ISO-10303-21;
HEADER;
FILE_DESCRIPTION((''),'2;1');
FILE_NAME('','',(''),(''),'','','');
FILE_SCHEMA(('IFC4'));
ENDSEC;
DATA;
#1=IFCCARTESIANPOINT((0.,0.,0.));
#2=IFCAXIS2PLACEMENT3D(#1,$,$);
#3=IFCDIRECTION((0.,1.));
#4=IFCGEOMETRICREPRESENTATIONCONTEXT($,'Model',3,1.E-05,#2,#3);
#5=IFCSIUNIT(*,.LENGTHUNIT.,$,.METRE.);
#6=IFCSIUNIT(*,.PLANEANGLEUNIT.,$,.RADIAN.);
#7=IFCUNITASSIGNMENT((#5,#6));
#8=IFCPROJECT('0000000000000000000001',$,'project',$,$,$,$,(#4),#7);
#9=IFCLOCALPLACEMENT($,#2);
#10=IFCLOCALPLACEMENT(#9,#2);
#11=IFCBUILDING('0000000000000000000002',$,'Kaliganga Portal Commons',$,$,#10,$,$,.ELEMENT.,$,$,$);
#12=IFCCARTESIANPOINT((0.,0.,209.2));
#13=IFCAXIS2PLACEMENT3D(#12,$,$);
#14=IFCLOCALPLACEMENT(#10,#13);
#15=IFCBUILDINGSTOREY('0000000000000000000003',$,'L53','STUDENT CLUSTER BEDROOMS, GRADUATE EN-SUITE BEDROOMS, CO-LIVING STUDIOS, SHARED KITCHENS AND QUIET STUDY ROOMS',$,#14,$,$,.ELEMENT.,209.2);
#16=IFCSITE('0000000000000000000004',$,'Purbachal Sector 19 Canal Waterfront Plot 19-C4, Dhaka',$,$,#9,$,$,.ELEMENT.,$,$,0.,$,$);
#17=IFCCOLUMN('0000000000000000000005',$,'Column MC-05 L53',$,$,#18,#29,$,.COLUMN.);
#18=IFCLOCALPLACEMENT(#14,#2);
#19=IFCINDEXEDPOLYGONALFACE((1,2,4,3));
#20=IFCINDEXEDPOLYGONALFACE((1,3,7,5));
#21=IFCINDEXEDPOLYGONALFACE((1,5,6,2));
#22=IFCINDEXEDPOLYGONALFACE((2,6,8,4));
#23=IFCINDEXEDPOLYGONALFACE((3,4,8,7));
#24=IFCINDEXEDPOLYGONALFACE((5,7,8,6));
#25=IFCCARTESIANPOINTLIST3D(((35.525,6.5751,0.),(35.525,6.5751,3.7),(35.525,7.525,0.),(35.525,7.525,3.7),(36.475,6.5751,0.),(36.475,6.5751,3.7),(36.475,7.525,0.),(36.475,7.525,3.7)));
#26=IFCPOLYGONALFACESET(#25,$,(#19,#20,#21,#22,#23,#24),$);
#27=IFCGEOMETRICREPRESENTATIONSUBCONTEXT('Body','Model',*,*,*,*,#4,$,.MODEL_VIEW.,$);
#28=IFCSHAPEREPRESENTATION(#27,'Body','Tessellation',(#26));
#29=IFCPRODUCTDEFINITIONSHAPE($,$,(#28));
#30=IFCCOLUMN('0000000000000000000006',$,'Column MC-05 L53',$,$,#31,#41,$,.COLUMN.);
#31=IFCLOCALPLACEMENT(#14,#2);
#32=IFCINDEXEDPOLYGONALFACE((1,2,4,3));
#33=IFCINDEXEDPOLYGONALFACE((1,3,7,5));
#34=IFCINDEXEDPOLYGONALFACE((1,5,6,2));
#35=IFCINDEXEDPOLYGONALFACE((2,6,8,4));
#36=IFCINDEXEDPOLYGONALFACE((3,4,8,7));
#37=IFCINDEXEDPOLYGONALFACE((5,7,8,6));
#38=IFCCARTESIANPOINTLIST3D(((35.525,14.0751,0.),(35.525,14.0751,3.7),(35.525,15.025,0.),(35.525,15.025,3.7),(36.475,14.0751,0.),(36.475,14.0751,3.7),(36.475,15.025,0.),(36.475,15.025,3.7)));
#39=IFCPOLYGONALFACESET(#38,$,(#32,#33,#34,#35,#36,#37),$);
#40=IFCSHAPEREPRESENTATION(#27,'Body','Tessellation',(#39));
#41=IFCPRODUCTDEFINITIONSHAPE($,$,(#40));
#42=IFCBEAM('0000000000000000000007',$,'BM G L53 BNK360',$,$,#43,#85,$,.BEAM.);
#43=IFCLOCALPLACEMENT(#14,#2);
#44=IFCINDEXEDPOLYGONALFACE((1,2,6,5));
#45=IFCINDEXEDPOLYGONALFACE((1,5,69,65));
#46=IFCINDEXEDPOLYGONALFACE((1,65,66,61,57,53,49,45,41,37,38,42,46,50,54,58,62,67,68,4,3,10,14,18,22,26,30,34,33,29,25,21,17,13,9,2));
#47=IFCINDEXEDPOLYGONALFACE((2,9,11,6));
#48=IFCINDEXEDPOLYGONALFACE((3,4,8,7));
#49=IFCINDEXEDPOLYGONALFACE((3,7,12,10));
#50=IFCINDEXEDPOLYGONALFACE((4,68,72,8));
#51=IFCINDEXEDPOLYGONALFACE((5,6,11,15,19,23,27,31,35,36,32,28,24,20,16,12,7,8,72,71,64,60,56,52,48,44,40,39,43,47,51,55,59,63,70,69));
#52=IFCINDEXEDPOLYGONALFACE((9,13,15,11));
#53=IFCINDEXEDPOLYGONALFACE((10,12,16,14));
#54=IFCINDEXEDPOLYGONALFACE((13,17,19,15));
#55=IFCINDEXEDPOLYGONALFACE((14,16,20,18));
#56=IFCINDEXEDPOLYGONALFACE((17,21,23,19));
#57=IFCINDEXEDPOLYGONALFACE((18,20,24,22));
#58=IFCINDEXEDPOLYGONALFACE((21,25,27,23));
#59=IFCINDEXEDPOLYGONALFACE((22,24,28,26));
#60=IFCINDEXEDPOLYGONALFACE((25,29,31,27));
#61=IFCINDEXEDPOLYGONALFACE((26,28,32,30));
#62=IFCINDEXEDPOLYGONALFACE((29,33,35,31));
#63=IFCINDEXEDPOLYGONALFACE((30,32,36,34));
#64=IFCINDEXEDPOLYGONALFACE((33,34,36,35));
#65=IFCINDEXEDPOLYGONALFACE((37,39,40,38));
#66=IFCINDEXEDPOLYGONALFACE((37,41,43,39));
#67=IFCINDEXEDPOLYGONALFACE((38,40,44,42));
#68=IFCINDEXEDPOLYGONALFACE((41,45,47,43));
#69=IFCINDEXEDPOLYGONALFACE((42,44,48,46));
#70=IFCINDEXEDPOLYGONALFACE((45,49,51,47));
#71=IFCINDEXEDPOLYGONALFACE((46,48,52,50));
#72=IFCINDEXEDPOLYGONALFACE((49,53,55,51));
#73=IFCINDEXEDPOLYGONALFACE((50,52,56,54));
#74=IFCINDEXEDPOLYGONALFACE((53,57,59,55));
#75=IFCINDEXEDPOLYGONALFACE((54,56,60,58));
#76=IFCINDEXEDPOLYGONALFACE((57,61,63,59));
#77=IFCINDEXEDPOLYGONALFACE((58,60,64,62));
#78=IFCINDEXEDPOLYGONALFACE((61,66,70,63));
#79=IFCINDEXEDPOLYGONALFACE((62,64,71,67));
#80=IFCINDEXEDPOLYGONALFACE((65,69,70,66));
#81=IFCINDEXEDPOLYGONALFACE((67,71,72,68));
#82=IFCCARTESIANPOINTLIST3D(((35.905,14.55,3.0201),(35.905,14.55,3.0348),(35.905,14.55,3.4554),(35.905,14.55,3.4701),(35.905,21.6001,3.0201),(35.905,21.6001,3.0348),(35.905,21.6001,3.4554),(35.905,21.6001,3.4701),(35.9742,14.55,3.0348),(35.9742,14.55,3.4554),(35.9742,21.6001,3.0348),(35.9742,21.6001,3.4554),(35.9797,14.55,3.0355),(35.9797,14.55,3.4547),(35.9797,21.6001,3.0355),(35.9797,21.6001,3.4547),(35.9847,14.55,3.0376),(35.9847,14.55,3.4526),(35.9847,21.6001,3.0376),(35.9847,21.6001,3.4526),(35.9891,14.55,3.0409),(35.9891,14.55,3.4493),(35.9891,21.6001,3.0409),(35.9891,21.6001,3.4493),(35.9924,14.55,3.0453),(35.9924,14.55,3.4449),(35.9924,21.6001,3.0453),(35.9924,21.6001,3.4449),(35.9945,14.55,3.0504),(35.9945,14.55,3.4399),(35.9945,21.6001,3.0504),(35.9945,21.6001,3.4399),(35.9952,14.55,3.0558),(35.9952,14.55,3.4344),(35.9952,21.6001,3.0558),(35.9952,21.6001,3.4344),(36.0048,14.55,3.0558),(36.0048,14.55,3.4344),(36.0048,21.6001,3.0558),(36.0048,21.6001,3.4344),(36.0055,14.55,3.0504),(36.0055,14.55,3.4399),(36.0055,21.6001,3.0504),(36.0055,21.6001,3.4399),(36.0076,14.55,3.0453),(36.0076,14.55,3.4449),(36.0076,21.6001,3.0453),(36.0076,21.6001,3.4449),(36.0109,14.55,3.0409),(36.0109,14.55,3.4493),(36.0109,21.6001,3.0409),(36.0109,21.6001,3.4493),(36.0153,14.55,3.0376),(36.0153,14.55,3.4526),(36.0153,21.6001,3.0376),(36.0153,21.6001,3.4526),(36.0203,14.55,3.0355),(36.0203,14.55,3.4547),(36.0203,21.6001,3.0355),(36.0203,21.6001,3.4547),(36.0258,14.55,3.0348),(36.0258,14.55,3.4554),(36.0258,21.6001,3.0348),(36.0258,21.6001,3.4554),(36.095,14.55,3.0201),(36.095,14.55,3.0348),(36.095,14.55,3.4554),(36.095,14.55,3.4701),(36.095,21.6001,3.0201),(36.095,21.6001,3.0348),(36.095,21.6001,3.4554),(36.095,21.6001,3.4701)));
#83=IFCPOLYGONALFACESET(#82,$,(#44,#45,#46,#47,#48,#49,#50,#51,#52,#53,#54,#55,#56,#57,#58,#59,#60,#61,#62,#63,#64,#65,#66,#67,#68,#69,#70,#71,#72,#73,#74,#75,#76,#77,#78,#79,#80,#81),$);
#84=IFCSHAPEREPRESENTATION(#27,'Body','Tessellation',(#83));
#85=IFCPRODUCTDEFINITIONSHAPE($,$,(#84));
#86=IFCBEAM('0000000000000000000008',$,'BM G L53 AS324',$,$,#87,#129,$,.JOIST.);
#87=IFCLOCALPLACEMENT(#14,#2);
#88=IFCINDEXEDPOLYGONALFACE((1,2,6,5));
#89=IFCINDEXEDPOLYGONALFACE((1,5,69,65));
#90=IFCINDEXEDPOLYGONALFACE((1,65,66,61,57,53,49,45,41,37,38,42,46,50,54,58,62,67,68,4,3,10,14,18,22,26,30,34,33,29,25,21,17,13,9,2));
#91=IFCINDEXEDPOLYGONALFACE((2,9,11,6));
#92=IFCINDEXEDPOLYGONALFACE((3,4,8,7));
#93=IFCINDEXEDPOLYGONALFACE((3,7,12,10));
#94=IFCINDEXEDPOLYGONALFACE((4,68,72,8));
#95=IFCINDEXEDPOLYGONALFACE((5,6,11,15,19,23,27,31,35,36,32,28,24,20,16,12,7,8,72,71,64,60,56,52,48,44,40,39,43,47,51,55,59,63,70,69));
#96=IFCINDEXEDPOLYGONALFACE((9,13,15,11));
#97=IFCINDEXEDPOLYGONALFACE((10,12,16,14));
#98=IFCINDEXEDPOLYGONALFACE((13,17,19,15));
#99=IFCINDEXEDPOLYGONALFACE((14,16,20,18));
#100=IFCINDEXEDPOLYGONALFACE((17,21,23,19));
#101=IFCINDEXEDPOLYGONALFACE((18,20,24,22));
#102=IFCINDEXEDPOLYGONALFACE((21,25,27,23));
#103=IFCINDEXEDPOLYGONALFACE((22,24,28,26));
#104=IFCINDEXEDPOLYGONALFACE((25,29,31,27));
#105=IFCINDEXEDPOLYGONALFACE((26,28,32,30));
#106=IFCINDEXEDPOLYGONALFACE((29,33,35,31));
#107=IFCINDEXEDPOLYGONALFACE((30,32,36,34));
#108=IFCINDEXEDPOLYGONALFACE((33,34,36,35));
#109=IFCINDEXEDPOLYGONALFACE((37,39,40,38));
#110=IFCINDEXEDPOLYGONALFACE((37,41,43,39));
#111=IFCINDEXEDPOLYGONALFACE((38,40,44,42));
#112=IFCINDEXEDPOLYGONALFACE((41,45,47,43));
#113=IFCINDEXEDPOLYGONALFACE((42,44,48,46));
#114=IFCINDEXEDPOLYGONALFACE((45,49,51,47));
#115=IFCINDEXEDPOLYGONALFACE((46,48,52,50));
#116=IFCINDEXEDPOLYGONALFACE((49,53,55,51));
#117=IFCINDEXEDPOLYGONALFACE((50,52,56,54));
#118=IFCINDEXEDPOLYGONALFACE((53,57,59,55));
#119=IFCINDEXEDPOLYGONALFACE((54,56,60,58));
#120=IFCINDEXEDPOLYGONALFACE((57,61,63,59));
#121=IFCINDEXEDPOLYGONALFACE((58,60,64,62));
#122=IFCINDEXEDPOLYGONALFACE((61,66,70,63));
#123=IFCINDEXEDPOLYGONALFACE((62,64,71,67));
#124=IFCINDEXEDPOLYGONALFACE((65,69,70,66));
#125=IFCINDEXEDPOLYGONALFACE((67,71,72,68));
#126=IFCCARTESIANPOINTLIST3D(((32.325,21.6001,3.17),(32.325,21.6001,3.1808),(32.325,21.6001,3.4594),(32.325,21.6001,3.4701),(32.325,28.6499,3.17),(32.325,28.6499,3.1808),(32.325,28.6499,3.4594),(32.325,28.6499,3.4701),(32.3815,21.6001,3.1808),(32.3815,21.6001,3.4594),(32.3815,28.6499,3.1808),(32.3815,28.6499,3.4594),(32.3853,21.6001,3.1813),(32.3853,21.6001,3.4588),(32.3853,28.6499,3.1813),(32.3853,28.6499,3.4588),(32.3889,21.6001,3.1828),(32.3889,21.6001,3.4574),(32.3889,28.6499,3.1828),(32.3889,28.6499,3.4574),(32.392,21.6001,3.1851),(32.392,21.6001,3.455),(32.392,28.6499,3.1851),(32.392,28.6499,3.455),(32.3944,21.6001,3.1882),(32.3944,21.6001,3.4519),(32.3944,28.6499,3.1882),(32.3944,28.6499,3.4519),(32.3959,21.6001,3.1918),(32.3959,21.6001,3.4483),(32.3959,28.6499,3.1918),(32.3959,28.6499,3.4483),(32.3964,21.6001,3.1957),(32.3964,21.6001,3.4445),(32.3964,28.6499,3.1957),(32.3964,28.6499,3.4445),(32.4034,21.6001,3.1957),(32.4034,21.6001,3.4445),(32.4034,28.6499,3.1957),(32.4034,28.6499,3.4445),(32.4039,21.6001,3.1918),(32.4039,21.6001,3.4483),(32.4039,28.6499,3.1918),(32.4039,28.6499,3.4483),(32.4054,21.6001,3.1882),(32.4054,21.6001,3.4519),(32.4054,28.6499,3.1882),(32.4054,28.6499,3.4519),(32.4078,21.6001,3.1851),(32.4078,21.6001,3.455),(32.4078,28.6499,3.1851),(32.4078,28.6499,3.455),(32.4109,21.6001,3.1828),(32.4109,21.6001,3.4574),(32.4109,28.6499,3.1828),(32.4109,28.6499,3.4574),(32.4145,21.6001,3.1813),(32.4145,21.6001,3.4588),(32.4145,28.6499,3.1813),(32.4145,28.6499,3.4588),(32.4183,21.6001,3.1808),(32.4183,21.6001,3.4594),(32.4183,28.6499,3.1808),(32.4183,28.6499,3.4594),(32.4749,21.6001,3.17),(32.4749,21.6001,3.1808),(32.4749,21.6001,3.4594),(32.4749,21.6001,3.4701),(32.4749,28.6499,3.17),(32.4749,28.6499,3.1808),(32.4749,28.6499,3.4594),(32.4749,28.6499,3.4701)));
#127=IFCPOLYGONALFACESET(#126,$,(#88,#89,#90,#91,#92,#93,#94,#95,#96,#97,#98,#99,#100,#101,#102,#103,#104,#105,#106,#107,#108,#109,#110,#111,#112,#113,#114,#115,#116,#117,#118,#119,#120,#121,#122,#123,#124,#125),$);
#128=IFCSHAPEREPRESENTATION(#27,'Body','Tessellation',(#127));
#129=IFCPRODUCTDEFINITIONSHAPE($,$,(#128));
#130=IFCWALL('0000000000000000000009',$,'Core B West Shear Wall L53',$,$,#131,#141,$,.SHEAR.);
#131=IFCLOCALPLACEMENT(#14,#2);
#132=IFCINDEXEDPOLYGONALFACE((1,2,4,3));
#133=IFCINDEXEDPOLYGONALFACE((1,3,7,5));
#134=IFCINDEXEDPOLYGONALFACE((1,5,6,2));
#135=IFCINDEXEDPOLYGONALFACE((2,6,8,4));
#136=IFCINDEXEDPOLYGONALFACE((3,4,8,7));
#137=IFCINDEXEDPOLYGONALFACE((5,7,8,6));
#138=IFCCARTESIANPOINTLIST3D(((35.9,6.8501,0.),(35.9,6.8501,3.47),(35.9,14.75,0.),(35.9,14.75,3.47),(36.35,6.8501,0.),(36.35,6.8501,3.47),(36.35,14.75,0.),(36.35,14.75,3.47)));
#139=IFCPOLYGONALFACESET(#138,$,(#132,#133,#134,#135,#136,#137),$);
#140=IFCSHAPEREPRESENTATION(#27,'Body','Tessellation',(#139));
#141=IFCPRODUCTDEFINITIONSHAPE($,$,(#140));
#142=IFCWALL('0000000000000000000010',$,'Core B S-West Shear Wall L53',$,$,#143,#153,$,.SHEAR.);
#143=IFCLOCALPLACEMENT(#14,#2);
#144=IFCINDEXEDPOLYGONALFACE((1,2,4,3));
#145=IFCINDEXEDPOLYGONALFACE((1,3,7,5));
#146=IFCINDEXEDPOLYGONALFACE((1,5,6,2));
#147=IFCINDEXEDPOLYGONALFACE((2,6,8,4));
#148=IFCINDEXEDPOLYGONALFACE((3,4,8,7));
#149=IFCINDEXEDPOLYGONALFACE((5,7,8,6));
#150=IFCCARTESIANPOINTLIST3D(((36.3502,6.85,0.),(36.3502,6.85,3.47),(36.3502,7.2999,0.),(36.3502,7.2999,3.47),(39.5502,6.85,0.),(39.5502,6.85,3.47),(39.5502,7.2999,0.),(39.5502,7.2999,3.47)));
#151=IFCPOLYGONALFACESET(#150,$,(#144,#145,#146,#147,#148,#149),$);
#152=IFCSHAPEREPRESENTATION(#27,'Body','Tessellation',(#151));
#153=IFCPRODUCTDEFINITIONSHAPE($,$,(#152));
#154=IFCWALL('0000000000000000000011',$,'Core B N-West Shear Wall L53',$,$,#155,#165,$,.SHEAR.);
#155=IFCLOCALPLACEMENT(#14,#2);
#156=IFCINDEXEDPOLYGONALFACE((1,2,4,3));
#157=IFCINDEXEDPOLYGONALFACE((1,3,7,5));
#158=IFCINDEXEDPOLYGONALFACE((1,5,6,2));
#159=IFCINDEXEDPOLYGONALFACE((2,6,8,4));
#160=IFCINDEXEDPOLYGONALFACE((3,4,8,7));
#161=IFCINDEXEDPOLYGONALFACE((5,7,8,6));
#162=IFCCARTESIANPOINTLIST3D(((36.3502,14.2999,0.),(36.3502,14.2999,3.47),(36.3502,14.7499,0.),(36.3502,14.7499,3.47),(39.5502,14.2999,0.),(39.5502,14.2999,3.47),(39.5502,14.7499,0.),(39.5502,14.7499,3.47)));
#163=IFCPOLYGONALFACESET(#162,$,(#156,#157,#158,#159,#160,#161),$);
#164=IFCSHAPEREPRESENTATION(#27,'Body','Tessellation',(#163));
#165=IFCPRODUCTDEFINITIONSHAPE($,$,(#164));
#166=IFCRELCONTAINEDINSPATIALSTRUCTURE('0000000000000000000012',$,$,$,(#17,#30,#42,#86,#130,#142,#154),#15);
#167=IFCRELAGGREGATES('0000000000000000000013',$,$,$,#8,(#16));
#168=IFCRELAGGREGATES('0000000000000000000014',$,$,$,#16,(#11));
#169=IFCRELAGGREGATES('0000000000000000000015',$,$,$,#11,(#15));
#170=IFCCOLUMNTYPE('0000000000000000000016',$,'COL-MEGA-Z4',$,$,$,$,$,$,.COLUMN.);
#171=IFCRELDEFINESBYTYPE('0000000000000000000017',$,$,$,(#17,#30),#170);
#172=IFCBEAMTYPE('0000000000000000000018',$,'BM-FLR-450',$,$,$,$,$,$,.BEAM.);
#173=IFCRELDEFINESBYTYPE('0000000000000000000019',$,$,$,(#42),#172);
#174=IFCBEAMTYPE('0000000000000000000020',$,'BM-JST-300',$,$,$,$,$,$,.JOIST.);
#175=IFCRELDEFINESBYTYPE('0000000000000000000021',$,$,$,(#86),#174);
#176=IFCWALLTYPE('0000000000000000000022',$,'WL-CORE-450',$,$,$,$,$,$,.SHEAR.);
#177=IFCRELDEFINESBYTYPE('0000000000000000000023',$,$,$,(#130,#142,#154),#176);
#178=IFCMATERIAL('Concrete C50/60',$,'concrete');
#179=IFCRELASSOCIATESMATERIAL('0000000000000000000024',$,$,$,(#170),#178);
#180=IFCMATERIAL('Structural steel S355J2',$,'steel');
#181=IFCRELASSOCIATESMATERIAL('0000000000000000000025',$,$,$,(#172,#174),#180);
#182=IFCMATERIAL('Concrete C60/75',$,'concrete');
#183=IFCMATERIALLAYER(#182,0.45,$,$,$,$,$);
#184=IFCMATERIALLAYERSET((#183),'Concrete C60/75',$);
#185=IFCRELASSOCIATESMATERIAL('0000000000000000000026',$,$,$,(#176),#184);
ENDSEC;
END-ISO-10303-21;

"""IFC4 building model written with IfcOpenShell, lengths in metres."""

from ifc_helpers import new_model, si_unit, direction, frame, frame_2d, origin, origin_2d, place, context, subcontext, project, spatial, rectangle, i_section, extrude, source, transform, mapped, material, layer, layer_set, material_profile, profile_set, type_object, element, save


model = new_model("IFC4")

# Units and contexts
model_context = context("Model", 3, precision=1e-05, world=origin(), true_north=direction((0.0, 1.0)))
body_context = subcontext(model_context, "Body", "Model", "MODEL_VIEW")
ifc_project = project(units=[si_unit("LENGTHUNIT", "METRE"), si_unit("PLANEANGLEUNIT", "RADIAN")], contexts=[model_context])

# Site, building, storey
site_placement = place(None, origin())
site = spatial("IfcSite", under=ifc_project, at=site_placement, Name="Purbachal Sector 19 Canal Waterfront Plot 19-C4, Dhaka", CompositionType="ELEMENT", RefElevation=0.0)
building_placement = place(site_placement, origin())
building = spatial("IfcBuilding", under=site, at=building_placement, Name="Kaliganga Portal Commons", CompositionType="ELEMENT")
storey_placement = place(building_placement, frame((0.0, 0.0, 209.2)))
storey = spatial("IfcBuildingStorey", under=building, at=storey_placement, Name="L53", Description="STUDENT CLUSTER BEDROOMS, GRADUATE EN-SUITE BEDROOMS, CO-LIVING STUDIOS, SHARED KITCHENS AND QUIET STUDY ROOMS", CompositionType="ELEMENT", Elevation=209.2)

# Columns
ifc_material_1 = material(Name="Concrete C50/60", Category="concrete")
ifc_material_profile_1 = material_profile(ifc_material_1, rectangle(XDim=0.95, YDim=0.95, at=origin_2d()), Name="RC 950x950")
ifc_profile_set_1 = profile_set([ifc_material_profile_1], Name="Concrete C50/60")
column_type = type_object("IfcColumnType", Name="COL-MEGA-Z4", PredefinedType="COLUMN", material=ifc_profile_set_1)
shared_shape_1 = source(origin(), body_context, "Body", "SweptSolid", [
    extrude(rectangle(XDim=0.95, YDim=0.95, at=origin_2d()), origin(), (0.0, 0.0, 1.0), 3.7),
])
for number, where, z_axis, x_axis, name in (
    (1, (36.0, 7.05, 0.0), (0.0, 0.0, 1.0), (1.0, 0.0, 0.0), "Column MC-05 L53"),
    (2, (36.0, 14.55, 0.0), (0.0, 0.0, 1.0), (1.0, 0.0, 0.0), "Column MC-05 L53"),
):
    element("IfcColumn", number, at=place(storey_placement, frame(where, z_axis=z_axis, x_axis=x_axis)), inside=storey, type_object=column_type, Name=name, PredefinedType="COLUMN", context=body_context, shape_type="MappedRepresentation", body=[
        mapped(shared_shape_1, transform((0.0, 0.0, 0.0), x_axis=(1.0, 0.0, 0.0), y_axis=(0.0, 1.0, 0.0), z_axis=(0.0, 0.0, 1.0), scale=1.0)),
    ])

# Beams
ifc_material_2 = material(Name="Structural steel S355J2", Category="steel")
ifc_material_profile_2 = material_profile(ifc_material_2, i_section(OverallWidth=0.1899, OverallDepth=0.45, WebThickness=0.0095, FlangeThickness=0.0146, FilletRadius=0.021, at=origin_2d()), Name="IPE 450")
ifc_profile_set_2 = profile_set([ifc_material_profile_2], Name="Structural steel S355J2 wide-flange")
beam_type_1 = type_object("IfcBeamType", Name="BM-FLR-450", PredefinedType="BEAM", material=ifc_profile_set_2)
shared_shape_2 = source(origin(), body_context, "Body", "SweptSolid", [
    extrude(i_section(OverallWidth=0.1899, OverallDepth=0.45, WebThickness=0.0095, FlangeThickness=0.0146, FilletRadius=0.021, at=origin_2d()), origin(), (0.0, 0.0, 1.0), 7.05),
])
beam_1_placement = place(storey_placement, frame((36.0, 14.55, 3.2451), z_axis=(0.0, 1.0, 0.0), x_axis=(-1.0, 0.0, 0.0)))
element("IfcBeam", 3, at=beam_1_placement, inside=storey, type_object=beam_type_1, Name="BM G L53 BNK360", PredefinedType="BEAM", context=body_context, shape_type="MappedRepresentation", body=[
    mapped(shared_shape_2, transform((0.0, 0.0, 0.0), x_axis=(1.0, 0.0, 0.0), y_axis=(0.0, 1.0, 0.0), z_axis=(0.0, 0.0, 1.0), scale=1.0)),
])
ifc_material_profile_3 = material_profile(ifc_material_2, i_section(OverallWidth=0.1499, OverallDepth=0.3, WebThickness=0.0071, FlangeThickness=0.0107, FilletRadius=0.0149, at=origin_2d()), Name="IPE 300")
ifc_profile_set_3 = profile_set([ifc_material_profile_3], Name="Structural steel S355J2 wide-flange")
beam_type_2 = type_object("IfcBeamType", Name="BM-JST-300", PredefinedType="JOIST", material=ifc_profile_set_3)
shared_shape_3 = source(origin(), body_context, "Body", "SweptSolid", [
    extrude(i_section(OverallWidth=0.1499, OverallDepth=0.3, WebThickness=0.0071, FlangeThickness=0.0107, FilletRadius=0.0149, at=origin_2d()), origin(), (0.0, 0.0, 1.0), 7.0498),
])
beam_2_placement = place(storey_placement, frame((32.3999, 21.6001, 3.3201), z_axis=(0.0, 1.0, 0.0), x_axis=(-1.0, 0.0, 0.0)))
element("IfcBeam", 4, at=beam_2_placement, inside=storey, type_object=beam_type_2, Name="BM G L53 AS324", PredefinedType="JOIST", context=body_context, shape_type="MappedRepresentation", body=[
    mapped(shared_shape_3, transform((0.0, 0.0, 0.0), x_axis=(1.0, 0.0, 0.0), y_axis=(0.0, 1.0, 0.0), z_axis=(0.0, 0.0, 1.0), scale=1.0)),
])

# Walls
ifc_material_3 = material(Name="Concrete C60/75", Category="concrete")
ifc_layer_1 = layer(ifc_material_3, 0.45)
ifc_layer_set_1 = layer_set([ifc_layer_1], Name="Concrete C60/75")
wall_type_1 = type_object("IfcWallType", Name="WL-CORE-450", PredefinedType="SHEAR", material=ifc_layer_set_1)
wall_1_placement = place(storey_placement, frame((36.125, 6.8501, 0.0), z_axis=(0.0, 0.0, 1.0), x_axis=(0.0, 1.0, 0.0)))
element("IfcWall", 5, at=wall_1_placement, inside=storey, type_object=wall_type_1, Name="Core B West Shear Wall L53", PredefinedType="SHEAR", context=body_context, shape_type="SweptSolid", body=[
    extrude(rectangle(XDim=7.8999, YDim=0.45, at=frame_2d((3.95, 0.0))), origin(), (0.0, 0.0, 1.0), 3.47),
])
for number, where, z_axis, x_axis, name in (
    (6, (36.3501, 7.075, 0.0), (0.0, 0.0, 1.0), (1.0, 0.0, 0.0), "Core B S-West Shear Wall L53"),
    (7, (36.3501, 14.5249, 0.0), (0.0, 0.0, 1.0), (1.0, 0.0, 0.0), "Core B N-West Shear Wall L53"),
):
    element("IfcWall", number, at=place(storey_placement, frame(where, z_axis=z_axis, x_axis=x_axis)), inside=storey, type_object=wall_type_1, Name=name, PredefinedType="SHEAR", context=body_context, shape_type="SweptSolid", body=[
        extrude(rectangle(XDim=3.2, YDim=0.45, at=frame_2d((1.6001, 0.0))), origin(), (0.0, 0.0, 1.0), 3.47),
    ])

save(model, "model.ifc")
